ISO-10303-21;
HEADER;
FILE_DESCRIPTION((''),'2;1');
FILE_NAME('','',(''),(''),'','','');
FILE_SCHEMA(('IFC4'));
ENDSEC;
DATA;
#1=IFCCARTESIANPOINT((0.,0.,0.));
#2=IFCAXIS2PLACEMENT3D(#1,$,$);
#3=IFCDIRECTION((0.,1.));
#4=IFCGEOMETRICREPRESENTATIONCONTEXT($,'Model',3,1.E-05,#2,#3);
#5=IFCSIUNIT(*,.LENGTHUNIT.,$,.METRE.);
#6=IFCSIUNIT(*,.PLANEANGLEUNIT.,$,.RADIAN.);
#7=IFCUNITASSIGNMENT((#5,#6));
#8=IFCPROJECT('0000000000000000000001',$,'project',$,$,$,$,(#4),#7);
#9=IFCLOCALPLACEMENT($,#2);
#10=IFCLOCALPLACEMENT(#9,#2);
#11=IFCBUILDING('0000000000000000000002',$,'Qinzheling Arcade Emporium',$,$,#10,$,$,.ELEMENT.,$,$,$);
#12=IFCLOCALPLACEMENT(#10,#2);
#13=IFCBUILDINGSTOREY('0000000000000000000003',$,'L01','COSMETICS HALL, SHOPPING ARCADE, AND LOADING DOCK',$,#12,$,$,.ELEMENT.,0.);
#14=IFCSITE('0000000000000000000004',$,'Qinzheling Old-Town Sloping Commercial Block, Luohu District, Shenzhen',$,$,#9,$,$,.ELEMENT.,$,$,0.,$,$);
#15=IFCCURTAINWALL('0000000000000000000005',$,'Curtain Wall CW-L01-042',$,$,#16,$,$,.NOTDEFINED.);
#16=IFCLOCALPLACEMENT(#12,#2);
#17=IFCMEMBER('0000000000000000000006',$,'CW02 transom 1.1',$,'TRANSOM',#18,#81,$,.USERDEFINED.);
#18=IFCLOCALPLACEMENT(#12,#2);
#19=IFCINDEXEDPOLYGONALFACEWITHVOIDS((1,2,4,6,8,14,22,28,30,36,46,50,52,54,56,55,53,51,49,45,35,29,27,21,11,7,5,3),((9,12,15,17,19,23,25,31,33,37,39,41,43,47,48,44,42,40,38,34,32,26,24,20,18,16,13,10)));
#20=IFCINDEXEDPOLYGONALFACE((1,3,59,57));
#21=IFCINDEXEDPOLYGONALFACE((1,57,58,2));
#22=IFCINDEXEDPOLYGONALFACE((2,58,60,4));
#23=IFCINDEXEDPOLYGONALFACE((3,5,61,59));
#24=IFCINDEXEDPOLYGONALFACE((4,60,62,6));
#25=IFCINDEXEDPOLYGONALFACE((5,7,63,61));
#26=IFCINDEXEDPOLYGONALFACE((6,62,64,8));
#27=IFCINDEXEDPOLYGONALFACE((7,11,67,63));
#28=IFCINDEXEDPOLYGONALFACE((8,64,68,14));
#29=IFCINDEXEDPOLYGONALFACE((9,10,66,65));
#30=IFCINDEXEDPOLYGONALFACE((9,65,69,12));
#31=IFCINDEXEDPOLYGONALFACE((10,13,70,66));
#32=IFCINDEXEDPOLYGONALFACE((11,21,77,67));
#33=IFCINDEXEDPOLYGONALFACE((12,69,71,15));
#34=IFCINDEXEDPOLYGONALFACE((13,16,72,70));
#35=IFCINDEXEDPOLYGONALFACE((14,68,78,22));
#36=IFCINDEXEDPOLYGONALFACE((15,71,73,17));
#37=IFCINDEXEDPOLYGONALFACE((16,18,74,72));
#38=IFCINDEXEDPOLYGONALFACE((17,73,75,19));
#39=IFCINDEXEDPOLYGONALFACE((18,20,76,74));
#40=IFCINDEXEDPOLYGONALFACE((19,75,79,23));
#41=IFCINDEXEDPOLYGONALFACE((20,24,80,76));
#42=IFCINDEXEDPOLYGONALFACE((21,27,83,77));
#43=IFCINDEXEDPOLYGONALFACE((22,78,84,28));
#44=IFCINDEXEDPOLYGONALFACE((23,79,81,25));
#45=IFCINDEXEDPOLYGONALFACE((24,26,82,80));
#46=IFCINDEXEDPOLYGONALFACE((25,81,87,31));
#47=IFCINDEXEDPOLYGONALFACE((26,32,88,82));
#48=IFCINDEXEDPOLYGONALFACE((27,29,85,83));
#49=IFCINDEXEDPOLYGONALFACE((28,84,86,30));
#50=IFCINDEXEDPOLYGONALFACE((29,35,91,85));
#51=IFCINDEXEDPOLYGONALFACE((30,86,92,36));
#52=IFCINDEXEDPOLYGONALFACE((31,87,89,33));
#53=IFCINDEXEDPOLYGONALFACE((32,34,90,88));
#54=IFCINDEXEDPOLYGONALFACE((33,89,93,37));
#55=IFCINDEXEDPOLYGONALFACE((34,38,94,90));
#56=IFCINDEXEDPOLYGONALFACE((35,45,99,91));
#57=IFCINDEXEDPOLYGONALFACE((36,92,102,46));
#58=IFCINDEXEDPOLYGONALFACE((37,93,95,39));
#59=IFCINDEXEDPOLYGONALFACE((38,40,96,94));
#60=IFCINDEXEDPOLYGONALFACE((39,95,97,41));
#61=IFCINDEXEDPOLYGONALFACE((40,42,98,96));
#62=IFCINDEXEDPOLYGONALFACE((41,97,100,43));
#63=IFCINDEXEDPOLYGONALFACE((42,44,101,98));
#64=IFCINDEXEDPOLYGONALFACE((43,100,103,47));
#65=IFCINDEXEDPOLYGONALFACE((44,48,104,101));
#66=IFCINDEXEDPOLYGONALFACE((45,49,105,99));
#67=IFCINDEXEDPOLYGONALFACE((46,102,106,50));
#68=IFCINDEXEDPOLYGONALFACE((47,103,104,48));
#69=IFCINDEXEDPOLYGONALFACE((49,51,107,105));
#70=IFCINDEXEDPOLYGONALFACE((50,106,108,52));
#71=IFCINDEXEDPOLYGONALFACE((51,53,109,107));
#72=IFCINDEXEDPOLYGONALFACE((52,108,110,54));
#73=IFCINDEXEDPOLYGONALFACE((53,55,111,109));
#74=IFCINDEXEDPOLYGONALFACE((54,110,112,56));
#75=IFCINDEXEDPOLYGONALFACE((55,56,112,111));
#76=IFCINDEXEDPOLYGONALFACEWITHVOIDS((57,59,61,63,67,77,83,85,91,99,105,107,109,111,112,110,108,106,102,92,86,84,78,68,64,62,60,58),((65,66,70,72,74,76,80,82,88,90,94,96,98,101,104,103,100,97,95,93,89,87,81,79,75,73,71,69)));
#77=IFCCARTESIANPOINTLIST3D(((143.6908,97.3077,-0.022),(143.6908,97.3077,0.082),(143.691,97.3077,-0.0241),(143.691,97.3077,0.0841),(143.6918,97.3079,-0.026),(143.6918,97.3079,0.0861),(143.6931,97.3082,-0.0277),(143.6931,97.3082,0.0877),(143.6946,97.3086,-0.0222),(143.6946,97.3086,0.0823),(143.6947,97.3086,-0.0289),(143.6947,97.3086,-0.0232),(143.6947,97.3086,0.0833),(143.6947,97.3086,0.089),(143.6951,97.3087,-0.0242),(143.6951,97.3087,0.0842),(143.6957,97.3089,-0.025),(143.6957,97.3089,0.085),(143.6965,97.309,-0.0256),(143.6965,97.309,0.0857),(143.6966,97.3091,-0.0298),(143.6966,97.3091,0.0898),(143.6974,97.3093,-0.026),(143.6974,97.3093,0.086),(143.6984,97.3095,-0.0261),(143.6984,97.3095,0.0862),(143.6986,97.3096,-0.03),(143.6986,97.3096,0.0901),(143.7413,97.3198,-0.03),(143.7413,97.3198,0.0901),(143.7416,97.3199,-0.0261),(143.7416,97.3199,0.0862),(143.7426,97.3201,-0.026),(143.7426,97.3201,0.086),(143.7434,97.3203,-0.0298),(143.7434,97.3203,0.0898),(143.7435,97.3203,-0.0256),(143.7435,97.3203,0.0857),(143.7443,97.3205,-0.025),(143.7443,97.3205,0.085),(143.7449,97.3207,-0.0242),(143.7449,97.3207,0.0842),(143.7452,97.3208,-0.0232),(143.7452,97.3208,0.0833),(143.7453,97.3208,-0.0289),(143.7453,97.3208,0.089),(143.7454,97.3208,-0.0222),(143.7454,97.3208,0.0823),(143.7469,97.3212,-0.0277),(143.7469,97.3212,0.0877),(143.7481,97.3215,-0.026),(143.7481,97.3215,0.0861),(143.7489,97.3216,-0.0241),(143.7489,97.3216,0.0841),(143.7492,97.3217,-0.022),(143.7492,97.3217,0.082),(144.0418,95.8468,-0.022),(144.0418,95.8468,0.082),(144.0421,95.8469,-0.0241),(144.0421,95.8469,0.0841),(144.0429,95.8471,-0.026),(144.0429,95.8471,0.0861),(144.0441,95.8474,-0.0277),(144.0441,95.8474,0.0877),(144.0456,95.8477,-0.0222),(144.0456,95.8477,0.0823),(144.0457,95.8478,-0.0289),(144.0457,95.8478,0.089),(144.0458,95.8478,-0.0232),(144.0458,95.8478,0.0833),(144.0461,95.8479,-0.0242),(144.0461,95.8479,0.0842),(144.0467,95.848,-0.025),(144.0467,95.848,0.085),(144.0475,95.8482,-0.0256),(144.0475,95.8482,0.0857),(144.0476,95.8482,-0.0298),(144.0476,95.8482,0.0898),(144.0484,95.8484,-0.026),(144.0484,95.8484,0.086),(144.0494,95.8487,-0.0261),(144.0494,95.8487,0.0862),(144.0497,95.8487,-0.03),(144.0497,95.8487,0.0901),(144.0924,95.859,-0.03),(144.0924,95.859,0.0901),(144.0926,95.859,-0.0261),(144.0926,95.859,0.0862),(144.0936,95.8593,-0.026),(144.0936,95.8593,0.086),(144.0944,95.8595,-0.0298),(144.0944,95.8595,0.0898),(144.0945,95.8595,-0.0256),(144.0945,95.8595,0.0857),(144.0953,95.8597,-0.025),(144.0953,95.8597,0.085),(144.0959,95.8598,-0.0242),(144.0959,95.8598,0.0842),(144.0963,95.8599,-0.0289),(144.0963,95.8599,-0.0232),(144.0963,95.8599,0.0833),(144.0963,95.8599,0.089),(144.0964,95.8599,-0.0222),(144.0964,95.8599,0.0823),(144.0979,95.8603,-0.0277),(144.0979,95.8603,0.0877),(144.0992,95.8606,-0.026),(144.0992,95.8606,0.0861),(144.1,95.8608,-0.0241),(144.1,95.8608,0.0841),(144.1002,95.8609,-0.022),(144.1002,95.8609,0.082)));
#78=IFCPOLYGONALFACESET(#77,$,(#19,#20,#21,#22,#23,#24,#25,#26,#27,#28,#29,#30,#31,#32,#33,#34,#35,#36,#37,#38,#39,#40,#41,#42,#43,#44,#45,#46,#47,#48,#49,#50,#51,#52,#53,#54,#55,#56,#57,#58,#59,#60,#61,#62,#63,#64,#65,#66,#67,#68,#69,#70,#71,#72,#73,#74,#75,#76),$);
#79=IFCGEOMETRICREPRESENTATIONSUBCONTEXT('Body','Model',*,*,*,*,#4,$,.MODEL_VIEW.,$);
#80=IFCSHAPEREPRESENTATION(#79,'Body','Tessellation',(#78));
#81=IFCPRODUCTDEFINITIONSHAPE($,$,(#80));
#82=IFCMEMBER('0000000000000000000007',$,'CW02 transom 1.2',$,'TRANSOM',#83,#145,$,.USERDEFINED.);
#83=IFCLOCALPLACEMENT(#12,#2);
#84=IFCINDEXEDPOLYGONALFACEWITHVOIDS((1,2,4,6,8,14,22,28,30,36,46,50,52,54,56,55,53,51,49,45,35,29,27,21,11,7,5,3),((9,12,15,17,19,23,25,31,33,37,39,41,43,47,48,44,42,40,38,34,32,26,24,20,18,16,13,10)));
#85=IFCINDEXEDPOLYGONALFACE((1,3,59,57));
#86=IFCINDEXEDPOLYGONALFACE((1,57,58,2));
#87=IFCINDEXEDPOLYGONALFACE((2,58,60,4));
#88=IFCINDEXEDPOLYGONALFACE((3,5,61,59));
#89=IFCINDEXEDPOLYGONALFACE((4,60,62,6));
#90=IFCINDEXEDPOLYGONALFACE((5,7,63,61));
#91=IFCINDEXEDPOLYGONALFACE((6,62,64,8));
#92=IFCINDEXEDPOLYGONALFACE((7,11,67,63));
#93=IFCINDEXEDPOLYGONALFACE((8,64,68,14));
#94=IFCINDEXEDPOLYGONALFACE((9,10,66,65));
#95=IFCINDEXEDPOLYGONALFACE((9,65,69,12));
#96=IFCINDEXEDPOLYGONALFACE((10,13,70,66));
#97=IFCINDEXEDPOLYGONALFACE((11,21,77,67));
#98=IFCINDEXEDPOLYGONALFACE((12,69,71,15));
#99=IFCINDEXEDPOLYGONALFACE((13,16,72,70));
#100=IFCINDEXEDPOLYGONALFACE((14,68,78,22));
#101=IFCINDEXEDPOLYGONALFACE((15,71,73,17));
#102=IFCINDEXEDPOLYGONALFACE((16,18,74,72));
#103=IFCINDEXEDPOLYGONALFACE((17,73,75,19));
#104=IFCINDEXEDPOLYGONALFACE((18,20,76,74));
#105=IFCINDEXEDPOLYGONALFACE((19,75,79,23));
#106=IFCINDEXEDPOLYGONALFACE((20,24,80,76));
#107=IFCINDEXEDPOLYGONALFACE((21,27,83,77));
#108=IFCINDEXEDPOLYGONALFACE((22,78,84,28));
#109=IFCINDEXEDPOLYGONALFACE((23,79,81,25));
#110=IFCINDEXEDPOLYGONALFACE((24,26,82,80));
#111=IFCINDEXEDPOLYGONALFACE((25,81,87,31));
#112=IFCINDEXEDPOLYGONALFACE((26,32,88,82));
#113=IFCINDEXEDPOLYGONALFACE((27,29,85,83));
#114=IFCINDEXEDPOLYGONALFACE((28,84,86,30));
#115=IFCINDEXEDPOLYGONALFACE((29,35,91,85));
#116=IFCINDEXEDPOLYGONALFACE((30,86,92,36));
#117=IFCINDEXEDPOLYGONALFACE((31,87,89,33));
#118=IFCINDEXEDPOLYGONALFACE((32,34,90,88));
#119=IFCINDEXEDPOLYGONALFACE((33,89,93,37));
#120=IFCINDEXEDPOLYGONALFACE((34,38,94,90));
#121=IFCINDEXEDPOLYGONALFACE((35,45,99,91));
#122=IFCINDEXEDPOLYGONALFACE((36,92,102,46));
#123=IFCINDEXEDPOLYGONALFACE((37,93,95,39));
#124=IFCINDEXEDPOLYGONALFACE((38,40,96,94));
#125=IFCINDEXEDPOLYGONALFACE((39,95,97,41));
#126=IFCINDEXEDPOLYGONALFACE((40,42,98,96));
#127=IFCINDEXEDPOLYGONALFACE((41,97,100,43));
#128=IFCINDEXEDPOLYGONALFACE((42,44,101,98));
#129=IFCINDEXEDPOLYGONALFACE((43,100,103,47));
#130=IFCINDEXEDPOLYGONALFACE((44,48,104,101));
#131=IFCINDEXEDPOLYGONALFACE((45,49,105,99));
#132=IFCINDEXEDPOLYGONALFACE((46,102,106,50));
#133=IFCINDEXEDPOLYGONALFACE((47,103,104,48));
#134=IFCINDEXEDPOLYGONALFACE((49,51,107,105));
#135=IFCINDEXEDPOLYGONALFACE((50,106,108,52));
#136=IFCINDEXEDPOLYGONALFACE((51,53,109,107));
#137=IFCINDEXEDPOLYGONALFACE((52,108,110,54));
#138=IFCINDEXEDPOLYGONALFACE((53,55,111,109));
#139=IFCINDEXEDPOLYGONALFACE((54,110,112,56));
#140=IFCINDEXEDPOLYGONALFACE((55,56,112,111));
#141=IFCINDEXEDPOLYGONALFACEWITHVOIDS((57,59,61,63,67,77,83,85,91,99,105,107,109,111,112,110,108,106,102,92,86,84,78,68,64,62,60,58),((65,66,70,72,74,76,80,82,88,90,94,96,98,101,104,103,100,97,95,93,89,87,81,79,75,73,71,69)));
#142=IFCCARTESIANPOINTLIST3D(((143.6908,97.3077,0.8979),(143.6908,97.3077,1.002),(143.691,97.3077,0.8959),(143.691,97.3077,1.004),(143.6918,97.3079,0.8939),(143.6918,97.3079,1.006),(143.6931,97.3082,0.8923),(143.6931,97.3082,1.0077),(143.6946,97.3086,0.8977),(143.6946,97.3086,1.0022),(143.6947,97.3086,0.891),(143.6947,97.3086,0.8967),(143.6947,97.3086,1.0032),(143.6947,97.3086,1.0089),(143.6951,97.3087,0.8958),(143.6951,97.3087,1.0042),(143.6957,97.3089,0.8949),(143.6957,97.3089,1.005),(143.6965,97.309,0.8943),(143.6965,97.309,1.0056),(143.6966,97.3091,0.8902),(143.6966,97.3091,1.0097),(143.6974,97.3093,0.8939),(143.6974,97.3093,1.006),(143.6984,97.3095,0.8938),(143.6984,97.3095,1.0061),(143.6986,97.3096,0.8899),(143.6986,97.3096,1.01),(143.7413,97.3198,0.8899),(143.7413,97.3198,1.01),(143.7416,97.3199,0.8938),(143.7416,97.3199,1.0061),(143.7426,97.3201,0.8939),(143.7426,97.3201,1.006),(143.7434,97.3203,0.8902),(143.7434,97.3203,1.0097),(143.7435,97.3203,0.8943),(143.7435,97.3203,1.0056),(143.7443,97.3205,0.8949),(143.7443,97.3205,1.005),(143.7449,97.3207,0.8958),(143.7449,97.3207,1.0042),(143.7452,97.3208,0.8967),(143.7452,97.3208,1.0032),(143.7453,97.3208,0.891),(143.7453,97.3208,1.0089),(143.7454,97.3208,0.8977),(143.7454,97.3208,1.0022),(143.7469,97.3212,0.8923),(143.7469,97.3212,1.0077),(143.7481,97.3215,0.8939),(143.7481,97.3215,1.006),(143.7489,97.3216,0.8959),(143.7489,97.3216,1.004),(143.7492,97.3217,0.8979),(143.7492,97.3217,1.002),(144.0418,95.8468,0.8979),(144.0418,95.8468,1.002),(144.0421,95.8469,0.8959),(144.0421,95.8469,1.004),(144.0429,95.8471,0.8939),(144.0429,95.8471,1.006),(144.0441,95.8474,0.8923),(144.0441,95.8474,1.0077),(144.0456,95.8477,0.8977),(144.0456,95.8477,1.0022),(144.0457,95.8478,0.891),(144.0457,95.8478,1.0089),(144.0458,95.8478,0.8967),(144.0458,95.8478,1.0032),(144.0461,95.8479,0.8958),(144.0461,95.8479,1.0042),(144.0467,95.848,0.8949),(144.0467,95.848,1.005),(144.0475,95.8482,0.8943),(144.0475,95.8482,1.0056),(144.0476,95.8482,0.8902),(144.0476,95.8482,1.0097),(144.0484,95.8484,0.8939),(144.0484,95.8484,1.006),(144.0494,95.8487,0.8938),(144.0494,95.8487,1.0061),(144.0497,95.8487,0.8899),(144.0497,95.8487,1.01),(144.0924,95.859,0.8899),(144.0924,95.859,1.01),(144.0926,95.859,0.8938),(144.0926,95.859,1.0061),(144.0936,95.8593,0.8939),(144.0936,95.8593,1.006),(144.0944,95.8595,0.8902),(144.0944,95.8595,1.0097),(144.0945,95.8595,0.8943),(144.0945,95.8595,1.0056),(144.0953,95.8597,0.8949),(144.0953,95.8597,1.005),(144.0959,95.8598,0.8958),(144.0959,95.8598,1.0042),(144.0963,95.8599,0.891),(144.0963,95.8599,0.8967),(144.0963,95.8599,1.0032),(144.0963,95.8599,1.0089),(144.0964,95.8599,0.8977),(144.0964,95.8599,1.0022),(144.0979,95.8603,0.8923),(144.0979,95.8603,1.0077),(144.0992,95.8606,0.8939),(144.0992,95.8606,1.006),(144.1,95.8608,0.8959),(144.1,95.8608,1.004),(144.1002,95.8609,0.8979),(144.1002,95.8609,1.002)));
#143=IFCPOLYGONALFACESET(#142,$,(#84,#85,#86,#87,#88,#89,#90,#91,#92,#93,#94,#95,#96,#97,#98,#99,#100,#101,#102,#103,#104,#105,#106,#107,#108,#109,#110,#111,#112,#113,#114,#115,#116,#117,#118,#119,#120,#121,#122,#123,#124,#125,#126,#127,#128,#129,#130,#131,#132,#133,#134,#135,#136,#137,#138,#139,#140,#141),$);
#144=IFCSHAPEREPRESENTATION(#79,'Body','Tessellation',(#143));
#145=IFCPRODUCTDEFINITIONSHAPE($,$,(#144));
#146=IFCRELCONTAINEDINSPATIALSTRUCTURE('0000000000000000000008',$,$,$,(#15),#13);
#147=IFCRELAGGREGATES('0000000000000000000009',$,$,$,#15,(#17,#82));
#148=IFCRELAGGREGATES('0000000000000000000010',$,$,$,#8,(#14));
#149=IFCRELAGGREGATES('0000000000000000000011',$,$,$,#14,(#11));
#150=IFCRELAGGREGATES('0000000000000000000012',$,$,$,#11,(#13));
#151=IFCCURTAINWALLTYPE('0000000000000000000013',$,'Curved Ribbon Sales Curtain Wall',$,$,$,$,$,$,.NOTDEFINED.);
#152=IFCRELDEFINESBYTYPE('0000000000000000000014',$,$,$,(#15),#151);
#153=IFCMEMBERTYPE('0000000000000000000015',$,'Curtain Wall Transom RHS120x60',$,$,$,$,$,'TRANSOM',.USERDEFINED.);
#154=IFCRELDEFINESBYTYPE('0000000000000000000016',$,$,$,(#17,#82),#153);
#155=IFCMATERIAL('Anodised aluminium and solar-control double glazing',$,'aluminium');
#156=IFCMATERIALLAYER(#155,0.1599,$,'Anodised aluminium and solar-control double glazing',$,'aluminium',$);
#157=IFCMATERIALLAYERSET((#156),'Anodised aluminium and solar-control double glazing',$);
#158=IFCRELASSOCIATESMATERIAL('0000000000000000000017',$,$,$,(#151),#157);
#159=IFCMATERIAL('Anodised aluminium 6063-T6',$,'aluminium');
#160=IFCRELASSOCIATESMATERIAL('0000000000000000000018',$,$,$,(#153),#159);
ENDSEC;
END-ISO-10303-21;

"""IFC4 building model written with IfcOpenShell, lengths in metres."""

from ifc_helpers import new_model, si_unit, direction, frame, origin, origin_2d, place, context, subcontext, project, spatial, hollow_rectangle, extrude, material, layer, layer_set, material_profile, profile_set, type_object, element, aggregate, save


model = new_model("IFC4")

# Units and contexts
model_context = context("Model", 3, precision=1e-05, world=origin(), true_north=direction((0.0, 1.0)))
body_context = subcontext(model_context, "Body", "Model", "MODEL_VIEW")
ifc_project = project(units=[si_unit("LENGTHUNIT", "METRE"), si_unit("PLANEANGLEUNIT", "RADIAN")], contexts=[model_context])

# Site, building, storey
site_placement = place(None, origin())
site = spatial("IfcSite", under=ifc_project, at=site_placement, Name="Qinzheling Old-Town Sloping Commercial Block, Luohu District, Shenzhen", CompositionType="ELEMENT", RefElevation=0.0)
building_placement = place(site_placement, origin())
building = spatial("IfcBuilding", under=site, at=building_placement, Name="Qinzheling Arcade Emporium", CompositionType="ELEMENT")
storey_placement = place(building_placement, origin())
storey = spatial("IfcBuildingStorey", under=building, at=storey_placement, Name="L01", Description="COSMETICS HALL, SHOPPING ARCADE, AND LOADING DOCK", CompositionType="ELEMENT", Elevation=0.0)

# Curtain wall
ifc_material_1 = material(Name="Anodised aluminium and solar-control double glazing", Category="aluminium")
ifc_layer_1 = layer(ifc_material_1, 0.1599, Name="Anodised aluminium and solar-control double glazing", Category="aluminium")
ifc_layer_set_1 = layer_set([ifc_layer_1], Name="Anodised aluminium and solar-control double glazing")
curtain_wall_type = type_object("IfcCurtainWallType", Name="Curved Ribbon Sales Curtain Wall", PredefinedType="NOTDEFINED", material=ifc_layer_set_1)
ifc_material_2 = material(Name="Anodised aluminium 6063-T6", Category="aluminium")
curtain_wall_1_placement = place(storey_placement, origin())
curtain_wall_1 = element("IfcCurtainWall", 1, at=curtain_wall_1_placement, inside=storey, type_object=curtain_wall_type, Name="Curtain Wall CW-L01-042", PredefinedType="NOTDEFINED")

# Members
ifc_material_profile_1 = material_profile(ifc_material_2, hollow_rectangle(XDim=0.0601, YDim=0.1201, WallThickness=0.0039, InnerFilletRadius=0.0039, OuterFilletRadius=0.0081, at=origin_2d()), Name="RHS 120x60x4", Category="aluminium")
ifc_profile_set_1 = profile_set([ifc_material_profile_1], Name="Anodised aluminium 6063-T6")
member_type_1 = type_object("IfcMemberType", Name="Curtain Wall Transom RHS120x60", ElementType="TRANSOM", PredefinedType="USERDEFINED", material=ifc_profile_set_1)
member_1_placement = place(storey_placement, frame((143.72, 97.3147, 0.03), z_axis=(0.233656, -0.972319, 0.0), x_axis=(0.972319, 0.233656, 0.0)))
member_1 = element("IfcMember", 2, at=member_1_placement, type_object=member_type_1, Name="CW02 transom 1.1", ObjectType="TRANSOM", PredefinedType="USERDEFINED", context=body_context, shape_type="SweptSolid", body=[
    extrude(hollow_rectangle(XDim=0.0601, YDim=0.1201, WallThickness=0.0039, InnerFilletRadius=0.0039, OuterFilletRadius=0.0081, at=origin_2d()), origin(), (0.0, 0.0, 1.0), 1.5024),
])
member_2_placement = place(storey_placement, frame((143.72, 97.3147, 0.95), z_axis=(0.233656, -0.972319, 0.0), x_axis=(0.972319, 0.233656, 0.0)))
member_2 = element("IfcMember", 3, at=member_2_placement, type_object=member_type_1, Name="CW02 transom 1.2", ObjectType="TRANSOM", PredefinedType="USERDEFINED", context=body_context, shape_type="SweptSolid", body=[
    extrude(hollow_rectangle(XDim=0.0601, YDim=0.1201, WallThickness=0.0039, InnerFilletRadius=0.0039, OuterFilletRadius=0.0081, at=origin_2d()), origin(), (0.0, 0.0, 1.0), 1.5024),
])

aggregate(curtain_wall_1, [member_1, member_2])

save(model, "model.ifc")
